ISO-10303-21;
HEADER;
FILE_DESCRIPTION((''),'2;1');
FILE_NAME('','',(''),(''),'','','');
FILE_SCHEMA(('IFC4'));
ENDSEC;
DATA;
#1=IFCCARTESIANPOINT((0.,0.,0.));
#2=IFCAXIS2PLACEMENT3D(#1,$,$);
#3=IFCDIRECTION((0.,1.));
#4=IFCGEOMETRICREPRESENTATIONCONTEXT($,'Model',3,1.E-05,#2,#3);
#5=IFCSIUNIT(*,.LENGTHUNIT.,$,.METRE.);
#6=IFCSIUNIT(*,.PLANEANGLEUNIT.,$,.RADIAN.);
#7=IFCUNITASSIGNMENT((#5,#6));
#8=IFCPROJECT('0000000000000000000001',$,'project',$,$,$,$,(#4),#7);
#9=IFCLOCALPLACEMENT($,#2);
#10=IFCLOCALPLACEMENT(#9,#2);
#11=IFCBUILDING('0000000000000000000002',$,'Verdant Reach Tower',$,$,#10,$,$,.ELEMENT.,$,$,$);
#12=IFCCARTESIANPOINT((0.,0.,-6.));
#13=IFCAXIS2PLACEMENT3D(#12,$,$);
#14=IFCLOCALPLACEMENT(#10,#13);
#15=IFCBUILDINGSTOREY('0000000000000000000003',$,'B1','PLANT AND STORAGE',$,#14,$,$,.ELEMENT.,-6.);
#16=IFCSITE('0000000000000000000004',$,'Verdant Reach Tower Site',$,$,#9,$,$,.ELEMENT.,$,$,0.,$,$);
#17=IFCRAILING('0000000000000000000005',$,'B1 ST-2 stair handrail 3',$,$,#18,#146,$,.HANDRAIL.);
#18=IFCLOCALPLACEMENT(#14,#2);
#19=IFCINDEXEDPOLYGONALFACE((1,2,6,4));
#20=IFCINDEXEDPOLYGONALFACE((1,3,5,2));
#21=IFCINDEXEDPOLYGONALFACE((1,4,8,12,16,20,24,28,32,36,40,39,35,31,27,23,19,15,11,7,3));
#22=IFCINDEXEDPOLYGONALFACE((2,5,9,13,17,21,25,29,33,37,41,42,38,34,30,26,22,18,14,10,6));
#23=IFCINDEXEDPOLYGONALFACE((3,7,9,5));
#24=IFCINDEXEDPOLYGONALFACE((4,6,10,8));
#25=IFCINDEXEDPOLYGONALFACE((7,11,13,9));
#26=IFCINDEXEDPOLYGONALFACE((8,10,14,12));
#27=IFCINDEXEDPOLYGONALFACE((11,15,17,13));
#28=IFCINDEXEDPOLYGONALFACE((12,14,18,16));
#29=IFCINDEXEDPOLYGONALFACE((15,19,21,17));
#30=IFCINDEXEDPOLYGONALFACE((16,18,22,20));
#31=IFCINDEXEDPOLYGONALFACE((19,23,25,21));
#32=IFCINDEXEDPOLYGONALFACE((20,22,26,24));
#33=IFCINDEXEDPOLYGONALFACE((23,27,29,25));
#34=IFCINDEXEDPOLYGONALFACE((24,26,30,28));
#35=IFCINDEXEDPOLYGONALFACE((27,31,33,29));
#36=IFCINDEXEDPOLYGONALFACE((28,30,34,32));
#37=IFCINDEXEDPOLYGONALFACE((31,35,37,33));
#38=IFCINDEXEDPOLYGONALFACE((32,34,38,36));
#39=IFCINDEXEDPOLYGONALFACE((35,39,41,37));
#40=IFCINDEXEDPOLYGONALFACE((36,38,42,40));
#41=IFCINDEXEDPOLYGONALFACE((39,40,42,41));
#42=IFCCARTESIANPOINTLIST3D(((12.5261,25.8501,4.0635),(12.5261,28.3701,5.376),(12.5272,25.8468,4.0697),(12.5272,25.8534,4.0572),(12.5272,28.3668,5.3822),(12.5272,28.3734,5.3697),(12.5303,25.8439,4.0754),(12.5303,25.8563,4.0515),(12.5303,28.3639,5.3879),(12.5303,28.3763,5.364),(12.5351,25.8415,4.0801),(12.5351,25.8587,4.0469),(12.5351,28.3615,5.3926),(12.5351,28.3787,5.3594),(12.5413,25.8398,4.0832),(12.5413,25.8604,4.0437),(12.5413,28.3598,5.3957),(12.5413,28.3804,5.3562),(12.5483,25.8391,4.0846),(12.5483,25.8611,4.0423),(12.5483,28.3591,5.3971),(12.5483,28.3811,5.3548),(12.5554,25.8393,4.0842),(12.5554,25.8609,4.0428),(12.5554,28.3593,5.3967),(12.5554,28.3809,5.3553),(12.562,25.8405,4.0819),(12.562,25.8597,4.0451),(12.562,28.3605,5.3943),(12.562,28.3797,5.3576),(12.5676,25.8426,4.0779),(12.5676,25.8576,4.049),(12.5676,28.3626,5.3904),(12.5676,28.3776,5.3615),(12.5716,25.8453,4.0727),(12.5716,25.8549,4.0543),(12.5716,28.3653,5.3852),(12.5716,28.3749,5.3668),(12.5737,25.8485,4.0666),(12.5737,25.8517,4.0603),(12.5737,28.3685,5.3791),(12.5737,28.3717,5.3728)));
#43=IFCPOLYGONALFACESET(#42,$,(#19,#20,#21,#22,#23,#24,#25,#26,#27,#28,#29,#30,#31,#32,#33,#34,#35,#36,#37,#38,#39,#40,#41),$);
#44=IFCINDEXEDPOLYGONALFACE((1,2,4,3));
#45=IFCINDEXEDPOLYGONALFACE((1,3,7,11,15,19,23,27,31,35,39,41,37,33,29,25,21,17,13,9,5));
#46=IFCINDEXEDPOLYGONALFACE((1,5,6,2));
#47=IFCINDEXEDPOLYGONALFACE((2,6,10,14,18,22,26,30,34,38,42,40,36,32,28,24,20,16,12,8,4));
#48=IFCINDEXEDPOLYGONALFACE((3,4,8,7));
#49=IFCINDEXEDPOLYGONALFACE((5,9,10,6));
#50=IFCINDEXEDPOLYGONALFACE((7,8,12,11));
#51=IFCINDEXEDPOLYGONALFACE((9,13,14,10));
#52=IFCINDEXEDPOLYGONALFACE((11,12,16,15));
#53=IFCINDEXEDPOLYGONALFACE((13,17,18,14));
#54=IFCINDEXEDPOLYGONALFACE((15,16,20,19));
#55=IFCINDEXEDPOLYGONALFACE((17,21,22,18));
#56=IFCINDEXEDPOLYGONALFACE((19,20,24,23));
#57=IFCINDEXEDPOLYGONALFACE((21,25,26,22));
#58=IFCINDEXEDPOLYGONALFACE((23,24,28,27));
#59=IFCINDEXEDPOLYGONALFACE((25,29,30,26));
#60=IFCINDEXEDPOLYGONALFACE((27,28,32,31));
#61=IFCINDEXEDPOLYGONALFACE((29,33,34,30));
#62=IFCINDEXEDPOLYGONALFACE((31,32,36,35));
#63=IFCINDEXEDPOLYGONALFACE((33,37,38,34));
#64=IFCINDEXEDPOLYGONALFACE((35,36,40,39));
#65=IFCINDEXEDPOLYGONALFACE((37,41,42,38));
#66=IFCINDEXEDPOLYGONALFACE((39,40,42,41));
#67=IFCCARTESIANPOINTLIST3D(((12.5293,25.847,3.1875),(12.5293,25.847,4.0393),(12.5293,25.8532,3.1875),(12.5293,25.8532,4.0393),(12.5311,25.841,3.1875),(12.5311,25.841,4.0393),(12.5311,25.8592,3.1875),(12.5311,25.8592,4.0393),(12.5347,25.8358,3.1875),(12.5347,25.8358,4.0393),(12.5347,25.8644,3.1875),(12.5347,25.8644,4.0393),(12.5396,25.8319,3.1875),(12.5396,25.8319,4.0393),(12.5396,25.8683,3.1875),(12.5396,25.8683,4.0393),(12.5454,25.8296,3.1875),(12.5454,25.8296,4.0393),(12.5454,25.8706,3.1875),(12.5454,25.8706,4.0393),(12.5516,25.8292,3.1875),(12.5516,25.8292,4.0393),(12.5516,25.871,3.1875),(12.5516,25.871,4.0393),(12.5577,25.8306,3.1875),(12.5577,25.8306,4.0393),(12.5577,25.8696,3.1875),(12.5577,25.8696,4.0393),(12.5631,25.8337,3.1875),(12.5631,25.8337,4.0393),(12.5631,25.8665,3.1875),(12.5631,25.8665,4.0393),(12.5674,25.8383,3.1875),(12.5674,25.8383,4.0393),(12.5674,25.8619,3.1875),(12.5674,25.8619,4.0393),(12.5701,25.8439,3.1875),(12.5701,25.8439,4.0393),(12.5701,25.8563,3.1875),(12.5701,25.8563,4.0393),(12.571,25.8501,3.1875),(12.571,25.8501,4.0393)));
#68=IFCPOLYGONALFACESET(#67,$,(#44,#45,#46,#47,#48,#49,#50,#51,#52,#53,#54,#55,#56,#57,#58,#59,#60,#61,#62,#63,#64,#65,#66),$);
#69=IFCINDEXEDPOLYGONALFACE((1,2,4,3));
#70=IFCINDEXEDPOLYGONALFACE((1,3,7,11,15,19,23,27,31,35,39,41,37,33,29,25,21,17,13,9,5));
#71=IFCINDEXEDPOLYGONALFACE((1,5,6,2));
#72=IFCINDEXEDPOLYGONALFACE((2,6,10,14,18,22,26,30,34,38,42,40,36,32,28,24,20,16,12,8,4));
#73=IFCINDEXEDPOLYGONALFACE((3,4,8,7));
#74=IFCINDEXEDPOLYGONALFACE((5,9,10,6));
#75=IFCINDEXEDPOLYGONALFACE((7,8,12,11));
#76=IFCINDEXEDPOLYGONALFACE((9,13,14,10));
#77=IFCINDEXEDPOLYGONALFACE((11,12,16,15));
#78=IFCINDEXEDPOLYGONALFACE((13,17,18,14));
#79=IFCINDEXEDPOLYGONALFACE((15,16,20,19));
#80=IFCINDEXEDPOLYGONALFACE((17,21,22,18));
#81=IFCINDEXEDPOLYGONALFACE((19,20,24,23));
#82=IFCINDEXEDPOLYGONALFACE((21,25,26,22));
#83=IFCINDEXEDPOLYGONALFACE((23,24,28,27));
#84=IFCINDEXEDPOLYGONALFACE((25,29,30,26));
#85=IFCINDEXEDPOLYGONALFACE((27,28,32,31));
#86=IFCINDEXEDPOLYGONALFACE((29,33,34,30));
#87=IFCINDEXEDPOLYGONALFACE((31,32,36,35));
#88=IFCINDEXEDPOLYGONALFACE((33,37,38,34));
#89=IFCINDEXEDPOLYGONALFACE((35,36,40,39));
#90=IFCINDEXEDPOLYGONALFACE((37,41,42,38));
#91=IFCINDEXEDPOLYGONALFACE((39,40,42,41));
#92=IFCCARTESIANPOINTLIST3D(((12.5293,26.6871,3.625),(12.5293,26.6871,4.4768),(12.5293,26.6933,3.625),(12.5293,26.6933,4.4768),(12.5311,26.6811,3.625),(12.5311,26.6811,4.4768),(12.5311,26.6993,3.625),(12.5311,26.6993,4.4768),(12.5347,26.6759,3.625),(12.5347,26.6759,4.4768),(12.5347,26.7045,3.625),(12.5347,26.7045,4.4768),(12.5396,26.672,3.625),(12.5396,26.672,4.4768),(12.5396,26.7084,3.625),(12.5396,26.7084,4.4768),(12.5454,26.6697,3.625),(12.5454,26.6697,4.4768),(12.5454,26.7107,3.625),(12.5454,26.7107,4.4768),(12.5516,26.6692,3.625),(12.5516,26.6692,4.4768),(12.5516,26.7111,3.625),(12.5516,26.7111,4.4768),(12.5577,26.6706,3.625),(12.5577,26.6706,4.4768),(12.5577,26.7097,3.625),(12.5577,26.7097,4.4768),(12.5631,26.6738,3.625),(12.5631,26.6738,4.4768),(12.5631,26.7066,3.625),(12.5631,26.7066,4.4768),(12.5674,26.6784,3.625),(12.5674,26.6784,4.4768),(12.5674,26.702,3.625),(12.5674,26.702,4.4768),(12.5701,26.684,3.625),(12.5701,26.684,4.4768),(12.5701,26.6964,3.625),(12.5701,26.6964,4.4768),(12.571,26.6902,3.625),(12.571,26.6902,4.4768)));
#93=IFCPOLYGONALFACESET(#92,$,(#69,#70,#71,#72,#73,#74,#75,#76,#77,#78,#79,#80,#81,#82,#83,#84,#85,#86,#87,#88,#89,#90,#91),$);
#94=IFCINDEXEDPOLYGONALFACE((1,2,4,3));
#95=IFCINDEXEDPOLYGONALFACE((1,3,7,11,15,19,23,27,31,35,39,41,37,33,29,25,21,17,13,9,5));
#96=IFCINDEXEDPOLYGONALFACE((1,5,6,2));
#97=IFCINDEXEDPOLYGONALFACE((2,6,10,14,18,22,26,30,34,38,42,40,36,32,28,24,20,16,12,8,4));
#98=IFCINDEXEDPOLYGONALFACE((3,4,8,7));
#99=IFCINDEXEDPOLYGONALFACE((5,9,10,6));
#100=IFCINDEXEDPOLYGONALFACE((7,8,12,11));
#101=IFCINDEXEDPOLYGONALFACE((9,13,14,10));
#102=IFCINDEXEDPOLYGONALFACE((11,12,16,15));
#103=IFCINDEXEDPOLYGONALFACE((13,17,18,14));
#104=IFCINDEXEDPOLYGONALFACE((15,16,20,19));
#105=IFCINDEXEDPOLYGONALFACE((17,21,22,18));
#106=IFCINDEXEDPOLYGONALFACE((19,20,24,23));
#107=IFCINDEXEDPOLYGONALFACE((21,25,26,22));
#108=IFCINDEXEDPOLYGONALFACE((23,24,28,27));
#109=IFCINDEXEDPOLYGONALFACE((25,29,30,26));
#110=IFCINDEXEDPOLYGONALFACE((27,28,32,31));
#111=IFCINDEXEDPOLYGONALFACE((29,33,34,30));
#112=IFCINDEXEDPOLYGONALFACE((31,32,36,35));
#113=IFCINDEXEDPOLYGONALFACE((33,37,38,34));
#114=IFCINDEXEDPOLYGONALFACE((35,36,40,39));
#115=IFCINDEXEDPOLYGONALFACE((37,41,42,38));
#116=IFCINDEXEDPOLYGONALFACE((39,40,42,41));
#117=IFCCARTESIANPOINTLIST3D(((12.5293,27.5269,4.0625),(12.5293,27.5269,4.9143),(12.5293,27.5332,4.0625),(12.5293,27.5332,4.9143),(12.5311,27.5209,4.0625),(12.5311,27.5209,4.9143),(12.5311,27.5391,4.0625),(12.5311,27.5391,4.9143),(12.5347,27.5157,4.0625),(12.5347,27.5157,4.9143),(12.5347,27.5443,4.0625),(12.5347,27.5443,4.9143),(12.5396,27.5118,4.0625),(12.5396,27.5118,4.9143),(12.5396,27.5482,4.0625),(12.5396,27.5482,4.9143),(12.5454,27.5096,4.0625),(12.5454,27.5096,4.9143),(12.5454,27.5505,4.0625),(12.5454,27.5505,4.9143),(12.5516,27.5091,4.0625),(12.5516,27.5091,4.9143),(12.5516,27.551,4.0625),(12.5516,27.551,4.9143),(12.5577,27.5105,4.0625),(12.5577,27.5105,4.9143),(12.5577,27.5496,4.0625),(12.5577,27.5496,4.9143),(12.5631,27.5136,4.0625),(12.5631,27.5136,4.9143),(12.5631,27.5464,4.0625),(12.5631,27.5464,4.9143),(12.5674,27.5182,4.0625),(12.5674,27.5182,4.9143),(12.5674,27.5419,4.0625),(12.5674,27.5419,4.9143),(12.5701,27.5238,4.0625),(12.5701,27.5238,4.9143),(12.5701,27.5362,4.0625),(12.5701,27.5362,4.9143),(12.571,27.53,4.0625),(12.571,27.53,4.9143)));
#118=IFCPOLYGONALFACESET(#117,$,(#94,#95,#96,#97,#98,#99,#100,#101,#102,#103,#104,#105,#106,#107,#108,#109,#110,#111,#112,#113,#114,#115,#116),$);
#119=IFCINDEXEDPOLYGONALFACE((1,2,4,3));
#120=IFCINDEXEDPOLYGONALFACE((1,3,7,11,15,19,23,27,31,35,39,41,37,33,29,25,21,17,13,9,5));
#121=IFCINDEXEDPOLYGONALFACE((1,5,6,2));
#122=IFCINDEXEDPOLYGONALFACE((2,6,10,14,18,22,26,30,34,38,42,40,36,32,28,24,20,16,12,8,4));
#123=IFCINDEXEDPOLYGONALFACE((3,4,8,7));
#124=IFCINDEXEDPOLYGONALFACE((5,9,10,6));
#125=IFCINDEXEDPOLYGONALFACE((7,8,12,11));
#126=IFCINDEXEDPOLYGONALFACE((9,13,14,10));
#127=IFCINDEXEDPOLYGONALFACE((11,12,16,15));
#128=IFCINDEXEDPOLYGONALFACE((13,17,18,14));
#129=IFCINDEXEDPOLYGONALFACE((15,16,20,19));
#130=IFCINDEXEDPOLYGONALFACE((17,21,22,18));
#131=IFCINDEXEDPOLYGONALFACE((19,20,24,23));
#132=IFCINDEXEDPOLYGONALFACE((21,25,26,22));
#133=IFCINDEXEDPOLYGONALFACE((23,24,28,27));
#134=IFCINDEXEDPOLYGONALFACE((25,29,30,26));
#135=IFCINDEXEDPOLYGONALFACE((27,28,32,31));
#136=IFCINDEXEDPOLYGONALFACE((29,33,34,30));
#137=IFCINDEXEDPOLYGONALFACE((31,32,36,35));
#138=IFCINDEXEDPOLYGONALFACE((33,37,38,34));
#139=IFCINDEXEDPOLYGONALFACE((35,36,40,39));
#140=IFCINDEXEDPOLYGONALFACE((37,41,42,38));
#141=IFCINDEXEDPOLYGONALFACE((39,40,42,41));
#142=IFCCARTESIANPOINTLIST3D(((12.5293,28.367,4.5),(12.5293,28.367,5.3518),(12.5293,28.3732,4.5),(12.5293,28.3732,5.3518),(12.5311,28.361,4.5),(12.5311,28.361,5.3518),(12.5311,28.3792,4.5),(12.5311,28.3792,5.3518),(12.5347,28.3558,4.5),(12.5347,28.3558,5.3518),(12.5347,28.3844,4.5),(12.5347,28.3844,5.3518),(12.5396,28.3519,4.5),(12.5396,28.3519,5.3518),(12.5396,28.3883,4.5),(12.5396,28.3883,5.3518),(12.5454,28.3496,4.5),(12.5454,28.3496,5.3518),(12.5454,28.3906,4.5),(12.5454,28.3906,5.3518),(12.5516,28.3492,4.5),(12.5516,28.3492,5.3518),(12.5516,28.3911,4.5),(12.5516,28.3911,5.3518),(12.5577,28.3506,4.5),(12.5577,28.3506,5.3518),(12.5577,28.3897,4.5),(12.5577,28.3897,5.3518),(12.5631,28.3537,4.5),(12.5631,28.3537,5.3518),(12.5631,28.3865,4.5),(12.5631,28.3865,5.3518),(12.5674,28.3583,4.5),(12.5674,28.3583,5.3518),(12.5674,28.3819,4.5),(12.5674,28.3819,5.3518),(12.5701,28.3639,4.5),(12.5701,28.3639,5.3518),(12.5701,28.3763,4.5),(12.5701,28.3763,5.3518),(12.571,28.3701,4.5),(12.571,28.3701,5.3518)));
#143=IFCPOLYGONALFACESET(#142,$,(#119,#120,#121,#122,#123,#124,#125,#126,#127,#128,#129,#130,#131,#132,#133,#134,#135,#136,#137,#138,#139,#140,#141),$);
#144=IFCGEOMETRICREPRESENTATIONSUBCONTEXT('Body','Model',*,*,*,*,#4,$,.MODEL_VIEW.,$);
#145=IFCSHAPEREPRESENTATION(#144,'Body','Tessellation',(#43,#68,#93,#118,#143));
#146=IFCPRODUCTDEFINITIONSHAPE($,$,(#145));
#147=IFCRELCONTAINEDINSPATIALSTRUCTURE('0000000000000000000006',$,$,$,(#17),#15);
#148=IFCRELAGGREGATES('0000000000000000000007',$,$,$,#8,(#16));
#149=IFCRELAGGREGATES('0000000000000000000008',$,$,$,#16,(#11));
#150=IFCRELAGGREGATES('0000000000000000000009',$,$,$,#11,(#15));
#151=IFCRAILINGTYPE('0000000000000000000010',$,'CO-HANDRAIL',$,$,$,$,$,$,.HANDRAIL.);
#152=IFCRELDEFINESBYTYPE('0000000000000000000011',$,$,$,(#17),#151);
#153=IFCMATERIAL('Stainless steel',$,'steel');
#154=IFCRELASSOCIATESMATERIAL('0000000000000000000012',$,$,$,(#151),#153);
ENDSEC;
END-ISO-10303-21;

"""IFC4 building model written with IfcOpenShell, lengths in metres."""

from ifc_helpers import new_model, si_unit, direction, frame, origin, origin_2d, place, context, subcontext, project, spatial, circle, extrude, material, type_object, element, save


model = new_model("IFC4")

# Units and contexts
model_context = context("Model", 3, precision=1e-05, world=origin(), true_north=direction((0.0, 1.0)))
body_context = subcontext(model_context, "Body", "Model", "MODEL_VIEW")
ifc_project = project(units=[si_unit("LENGTHUNIT", "METRE"), si_unit("PLANEANGLEUNIT", "RADIAN")], contexts=[model_context])

# Site, building, storey
site_placement = place(None, origin())
site = spatial("IfcSite", under=ifc_project, at=site_placement, Name="Verdant Reach Tower Site", CompositionType="ELEMENT", RefElevation=0.0)
building_placement = place(site_placement, origin())
building = spatial("IfcBuilding", under=site, at=building_placement, Name="Verdant Reach Tower", CompositionType="ELEMENT")
storey_placement = place(building_placement, frame((0.0, 0.0, -6.0)))
storey = spatial("IfcBuildingStorey", under=building, at=storey_placement, Name="B1", Description="PLANT AND STORAGE", CompositionType="ELEMENT", Elevation=-6.0)

# Railing
ifc_material_1 = material(Name="Stainless steel", Category="steel")
railing_type_1 = type_object("IfcRailingType", Name="CO-HANDRAIL", PredefinedType="HANDRAIL", material=ifc_material_1)
for number, where, name in (
    (1, (12.55, 25.8501, 3.1875), "B1 ST-2 stair handrail 3"),
):
    element("IfcRailing", number, at=place(storey_placement, frame(where)), inside=storey, type_object=railing_type_1, Name=name, PredefinedType="HANDRAIL", context=body_context, shape_type="SweptSolid", body=[
        extrude(circle(Radius=0.0239, at=origin_2d()), frame((0.0, 0.0, 0.876), z_axis=(0.0, 0.886916, 0.461932), x_axis=(-1.0, 0.0, 0.0)), (0.0, 0.0, 1.0), 2.8413),
        extrude(circle(Radius=0.021, at=origin_2d()), origin(), (0.0, 0.0, 1.0), 0.8518),
        extrude(circle(Radius=0.021, at=origin_2d()), frame((0.0, 0.8401, 0.4375)), (0.0, 0.0, 1.0), 0.8518),
        extrude(circle(Radius=0.021, at=origin_2d()), frame((0.0, 1.6799, 0.875)), (0.0, 0.0, 1.0), 0.8518),
        extrude(circle(Radius=0.021, at=origin_2d()), frame((0.0, 2.52, 1.3125)), (0.0, 0.0, 1.0), 0.8518),
    ])

save(model, "model.ifc")
